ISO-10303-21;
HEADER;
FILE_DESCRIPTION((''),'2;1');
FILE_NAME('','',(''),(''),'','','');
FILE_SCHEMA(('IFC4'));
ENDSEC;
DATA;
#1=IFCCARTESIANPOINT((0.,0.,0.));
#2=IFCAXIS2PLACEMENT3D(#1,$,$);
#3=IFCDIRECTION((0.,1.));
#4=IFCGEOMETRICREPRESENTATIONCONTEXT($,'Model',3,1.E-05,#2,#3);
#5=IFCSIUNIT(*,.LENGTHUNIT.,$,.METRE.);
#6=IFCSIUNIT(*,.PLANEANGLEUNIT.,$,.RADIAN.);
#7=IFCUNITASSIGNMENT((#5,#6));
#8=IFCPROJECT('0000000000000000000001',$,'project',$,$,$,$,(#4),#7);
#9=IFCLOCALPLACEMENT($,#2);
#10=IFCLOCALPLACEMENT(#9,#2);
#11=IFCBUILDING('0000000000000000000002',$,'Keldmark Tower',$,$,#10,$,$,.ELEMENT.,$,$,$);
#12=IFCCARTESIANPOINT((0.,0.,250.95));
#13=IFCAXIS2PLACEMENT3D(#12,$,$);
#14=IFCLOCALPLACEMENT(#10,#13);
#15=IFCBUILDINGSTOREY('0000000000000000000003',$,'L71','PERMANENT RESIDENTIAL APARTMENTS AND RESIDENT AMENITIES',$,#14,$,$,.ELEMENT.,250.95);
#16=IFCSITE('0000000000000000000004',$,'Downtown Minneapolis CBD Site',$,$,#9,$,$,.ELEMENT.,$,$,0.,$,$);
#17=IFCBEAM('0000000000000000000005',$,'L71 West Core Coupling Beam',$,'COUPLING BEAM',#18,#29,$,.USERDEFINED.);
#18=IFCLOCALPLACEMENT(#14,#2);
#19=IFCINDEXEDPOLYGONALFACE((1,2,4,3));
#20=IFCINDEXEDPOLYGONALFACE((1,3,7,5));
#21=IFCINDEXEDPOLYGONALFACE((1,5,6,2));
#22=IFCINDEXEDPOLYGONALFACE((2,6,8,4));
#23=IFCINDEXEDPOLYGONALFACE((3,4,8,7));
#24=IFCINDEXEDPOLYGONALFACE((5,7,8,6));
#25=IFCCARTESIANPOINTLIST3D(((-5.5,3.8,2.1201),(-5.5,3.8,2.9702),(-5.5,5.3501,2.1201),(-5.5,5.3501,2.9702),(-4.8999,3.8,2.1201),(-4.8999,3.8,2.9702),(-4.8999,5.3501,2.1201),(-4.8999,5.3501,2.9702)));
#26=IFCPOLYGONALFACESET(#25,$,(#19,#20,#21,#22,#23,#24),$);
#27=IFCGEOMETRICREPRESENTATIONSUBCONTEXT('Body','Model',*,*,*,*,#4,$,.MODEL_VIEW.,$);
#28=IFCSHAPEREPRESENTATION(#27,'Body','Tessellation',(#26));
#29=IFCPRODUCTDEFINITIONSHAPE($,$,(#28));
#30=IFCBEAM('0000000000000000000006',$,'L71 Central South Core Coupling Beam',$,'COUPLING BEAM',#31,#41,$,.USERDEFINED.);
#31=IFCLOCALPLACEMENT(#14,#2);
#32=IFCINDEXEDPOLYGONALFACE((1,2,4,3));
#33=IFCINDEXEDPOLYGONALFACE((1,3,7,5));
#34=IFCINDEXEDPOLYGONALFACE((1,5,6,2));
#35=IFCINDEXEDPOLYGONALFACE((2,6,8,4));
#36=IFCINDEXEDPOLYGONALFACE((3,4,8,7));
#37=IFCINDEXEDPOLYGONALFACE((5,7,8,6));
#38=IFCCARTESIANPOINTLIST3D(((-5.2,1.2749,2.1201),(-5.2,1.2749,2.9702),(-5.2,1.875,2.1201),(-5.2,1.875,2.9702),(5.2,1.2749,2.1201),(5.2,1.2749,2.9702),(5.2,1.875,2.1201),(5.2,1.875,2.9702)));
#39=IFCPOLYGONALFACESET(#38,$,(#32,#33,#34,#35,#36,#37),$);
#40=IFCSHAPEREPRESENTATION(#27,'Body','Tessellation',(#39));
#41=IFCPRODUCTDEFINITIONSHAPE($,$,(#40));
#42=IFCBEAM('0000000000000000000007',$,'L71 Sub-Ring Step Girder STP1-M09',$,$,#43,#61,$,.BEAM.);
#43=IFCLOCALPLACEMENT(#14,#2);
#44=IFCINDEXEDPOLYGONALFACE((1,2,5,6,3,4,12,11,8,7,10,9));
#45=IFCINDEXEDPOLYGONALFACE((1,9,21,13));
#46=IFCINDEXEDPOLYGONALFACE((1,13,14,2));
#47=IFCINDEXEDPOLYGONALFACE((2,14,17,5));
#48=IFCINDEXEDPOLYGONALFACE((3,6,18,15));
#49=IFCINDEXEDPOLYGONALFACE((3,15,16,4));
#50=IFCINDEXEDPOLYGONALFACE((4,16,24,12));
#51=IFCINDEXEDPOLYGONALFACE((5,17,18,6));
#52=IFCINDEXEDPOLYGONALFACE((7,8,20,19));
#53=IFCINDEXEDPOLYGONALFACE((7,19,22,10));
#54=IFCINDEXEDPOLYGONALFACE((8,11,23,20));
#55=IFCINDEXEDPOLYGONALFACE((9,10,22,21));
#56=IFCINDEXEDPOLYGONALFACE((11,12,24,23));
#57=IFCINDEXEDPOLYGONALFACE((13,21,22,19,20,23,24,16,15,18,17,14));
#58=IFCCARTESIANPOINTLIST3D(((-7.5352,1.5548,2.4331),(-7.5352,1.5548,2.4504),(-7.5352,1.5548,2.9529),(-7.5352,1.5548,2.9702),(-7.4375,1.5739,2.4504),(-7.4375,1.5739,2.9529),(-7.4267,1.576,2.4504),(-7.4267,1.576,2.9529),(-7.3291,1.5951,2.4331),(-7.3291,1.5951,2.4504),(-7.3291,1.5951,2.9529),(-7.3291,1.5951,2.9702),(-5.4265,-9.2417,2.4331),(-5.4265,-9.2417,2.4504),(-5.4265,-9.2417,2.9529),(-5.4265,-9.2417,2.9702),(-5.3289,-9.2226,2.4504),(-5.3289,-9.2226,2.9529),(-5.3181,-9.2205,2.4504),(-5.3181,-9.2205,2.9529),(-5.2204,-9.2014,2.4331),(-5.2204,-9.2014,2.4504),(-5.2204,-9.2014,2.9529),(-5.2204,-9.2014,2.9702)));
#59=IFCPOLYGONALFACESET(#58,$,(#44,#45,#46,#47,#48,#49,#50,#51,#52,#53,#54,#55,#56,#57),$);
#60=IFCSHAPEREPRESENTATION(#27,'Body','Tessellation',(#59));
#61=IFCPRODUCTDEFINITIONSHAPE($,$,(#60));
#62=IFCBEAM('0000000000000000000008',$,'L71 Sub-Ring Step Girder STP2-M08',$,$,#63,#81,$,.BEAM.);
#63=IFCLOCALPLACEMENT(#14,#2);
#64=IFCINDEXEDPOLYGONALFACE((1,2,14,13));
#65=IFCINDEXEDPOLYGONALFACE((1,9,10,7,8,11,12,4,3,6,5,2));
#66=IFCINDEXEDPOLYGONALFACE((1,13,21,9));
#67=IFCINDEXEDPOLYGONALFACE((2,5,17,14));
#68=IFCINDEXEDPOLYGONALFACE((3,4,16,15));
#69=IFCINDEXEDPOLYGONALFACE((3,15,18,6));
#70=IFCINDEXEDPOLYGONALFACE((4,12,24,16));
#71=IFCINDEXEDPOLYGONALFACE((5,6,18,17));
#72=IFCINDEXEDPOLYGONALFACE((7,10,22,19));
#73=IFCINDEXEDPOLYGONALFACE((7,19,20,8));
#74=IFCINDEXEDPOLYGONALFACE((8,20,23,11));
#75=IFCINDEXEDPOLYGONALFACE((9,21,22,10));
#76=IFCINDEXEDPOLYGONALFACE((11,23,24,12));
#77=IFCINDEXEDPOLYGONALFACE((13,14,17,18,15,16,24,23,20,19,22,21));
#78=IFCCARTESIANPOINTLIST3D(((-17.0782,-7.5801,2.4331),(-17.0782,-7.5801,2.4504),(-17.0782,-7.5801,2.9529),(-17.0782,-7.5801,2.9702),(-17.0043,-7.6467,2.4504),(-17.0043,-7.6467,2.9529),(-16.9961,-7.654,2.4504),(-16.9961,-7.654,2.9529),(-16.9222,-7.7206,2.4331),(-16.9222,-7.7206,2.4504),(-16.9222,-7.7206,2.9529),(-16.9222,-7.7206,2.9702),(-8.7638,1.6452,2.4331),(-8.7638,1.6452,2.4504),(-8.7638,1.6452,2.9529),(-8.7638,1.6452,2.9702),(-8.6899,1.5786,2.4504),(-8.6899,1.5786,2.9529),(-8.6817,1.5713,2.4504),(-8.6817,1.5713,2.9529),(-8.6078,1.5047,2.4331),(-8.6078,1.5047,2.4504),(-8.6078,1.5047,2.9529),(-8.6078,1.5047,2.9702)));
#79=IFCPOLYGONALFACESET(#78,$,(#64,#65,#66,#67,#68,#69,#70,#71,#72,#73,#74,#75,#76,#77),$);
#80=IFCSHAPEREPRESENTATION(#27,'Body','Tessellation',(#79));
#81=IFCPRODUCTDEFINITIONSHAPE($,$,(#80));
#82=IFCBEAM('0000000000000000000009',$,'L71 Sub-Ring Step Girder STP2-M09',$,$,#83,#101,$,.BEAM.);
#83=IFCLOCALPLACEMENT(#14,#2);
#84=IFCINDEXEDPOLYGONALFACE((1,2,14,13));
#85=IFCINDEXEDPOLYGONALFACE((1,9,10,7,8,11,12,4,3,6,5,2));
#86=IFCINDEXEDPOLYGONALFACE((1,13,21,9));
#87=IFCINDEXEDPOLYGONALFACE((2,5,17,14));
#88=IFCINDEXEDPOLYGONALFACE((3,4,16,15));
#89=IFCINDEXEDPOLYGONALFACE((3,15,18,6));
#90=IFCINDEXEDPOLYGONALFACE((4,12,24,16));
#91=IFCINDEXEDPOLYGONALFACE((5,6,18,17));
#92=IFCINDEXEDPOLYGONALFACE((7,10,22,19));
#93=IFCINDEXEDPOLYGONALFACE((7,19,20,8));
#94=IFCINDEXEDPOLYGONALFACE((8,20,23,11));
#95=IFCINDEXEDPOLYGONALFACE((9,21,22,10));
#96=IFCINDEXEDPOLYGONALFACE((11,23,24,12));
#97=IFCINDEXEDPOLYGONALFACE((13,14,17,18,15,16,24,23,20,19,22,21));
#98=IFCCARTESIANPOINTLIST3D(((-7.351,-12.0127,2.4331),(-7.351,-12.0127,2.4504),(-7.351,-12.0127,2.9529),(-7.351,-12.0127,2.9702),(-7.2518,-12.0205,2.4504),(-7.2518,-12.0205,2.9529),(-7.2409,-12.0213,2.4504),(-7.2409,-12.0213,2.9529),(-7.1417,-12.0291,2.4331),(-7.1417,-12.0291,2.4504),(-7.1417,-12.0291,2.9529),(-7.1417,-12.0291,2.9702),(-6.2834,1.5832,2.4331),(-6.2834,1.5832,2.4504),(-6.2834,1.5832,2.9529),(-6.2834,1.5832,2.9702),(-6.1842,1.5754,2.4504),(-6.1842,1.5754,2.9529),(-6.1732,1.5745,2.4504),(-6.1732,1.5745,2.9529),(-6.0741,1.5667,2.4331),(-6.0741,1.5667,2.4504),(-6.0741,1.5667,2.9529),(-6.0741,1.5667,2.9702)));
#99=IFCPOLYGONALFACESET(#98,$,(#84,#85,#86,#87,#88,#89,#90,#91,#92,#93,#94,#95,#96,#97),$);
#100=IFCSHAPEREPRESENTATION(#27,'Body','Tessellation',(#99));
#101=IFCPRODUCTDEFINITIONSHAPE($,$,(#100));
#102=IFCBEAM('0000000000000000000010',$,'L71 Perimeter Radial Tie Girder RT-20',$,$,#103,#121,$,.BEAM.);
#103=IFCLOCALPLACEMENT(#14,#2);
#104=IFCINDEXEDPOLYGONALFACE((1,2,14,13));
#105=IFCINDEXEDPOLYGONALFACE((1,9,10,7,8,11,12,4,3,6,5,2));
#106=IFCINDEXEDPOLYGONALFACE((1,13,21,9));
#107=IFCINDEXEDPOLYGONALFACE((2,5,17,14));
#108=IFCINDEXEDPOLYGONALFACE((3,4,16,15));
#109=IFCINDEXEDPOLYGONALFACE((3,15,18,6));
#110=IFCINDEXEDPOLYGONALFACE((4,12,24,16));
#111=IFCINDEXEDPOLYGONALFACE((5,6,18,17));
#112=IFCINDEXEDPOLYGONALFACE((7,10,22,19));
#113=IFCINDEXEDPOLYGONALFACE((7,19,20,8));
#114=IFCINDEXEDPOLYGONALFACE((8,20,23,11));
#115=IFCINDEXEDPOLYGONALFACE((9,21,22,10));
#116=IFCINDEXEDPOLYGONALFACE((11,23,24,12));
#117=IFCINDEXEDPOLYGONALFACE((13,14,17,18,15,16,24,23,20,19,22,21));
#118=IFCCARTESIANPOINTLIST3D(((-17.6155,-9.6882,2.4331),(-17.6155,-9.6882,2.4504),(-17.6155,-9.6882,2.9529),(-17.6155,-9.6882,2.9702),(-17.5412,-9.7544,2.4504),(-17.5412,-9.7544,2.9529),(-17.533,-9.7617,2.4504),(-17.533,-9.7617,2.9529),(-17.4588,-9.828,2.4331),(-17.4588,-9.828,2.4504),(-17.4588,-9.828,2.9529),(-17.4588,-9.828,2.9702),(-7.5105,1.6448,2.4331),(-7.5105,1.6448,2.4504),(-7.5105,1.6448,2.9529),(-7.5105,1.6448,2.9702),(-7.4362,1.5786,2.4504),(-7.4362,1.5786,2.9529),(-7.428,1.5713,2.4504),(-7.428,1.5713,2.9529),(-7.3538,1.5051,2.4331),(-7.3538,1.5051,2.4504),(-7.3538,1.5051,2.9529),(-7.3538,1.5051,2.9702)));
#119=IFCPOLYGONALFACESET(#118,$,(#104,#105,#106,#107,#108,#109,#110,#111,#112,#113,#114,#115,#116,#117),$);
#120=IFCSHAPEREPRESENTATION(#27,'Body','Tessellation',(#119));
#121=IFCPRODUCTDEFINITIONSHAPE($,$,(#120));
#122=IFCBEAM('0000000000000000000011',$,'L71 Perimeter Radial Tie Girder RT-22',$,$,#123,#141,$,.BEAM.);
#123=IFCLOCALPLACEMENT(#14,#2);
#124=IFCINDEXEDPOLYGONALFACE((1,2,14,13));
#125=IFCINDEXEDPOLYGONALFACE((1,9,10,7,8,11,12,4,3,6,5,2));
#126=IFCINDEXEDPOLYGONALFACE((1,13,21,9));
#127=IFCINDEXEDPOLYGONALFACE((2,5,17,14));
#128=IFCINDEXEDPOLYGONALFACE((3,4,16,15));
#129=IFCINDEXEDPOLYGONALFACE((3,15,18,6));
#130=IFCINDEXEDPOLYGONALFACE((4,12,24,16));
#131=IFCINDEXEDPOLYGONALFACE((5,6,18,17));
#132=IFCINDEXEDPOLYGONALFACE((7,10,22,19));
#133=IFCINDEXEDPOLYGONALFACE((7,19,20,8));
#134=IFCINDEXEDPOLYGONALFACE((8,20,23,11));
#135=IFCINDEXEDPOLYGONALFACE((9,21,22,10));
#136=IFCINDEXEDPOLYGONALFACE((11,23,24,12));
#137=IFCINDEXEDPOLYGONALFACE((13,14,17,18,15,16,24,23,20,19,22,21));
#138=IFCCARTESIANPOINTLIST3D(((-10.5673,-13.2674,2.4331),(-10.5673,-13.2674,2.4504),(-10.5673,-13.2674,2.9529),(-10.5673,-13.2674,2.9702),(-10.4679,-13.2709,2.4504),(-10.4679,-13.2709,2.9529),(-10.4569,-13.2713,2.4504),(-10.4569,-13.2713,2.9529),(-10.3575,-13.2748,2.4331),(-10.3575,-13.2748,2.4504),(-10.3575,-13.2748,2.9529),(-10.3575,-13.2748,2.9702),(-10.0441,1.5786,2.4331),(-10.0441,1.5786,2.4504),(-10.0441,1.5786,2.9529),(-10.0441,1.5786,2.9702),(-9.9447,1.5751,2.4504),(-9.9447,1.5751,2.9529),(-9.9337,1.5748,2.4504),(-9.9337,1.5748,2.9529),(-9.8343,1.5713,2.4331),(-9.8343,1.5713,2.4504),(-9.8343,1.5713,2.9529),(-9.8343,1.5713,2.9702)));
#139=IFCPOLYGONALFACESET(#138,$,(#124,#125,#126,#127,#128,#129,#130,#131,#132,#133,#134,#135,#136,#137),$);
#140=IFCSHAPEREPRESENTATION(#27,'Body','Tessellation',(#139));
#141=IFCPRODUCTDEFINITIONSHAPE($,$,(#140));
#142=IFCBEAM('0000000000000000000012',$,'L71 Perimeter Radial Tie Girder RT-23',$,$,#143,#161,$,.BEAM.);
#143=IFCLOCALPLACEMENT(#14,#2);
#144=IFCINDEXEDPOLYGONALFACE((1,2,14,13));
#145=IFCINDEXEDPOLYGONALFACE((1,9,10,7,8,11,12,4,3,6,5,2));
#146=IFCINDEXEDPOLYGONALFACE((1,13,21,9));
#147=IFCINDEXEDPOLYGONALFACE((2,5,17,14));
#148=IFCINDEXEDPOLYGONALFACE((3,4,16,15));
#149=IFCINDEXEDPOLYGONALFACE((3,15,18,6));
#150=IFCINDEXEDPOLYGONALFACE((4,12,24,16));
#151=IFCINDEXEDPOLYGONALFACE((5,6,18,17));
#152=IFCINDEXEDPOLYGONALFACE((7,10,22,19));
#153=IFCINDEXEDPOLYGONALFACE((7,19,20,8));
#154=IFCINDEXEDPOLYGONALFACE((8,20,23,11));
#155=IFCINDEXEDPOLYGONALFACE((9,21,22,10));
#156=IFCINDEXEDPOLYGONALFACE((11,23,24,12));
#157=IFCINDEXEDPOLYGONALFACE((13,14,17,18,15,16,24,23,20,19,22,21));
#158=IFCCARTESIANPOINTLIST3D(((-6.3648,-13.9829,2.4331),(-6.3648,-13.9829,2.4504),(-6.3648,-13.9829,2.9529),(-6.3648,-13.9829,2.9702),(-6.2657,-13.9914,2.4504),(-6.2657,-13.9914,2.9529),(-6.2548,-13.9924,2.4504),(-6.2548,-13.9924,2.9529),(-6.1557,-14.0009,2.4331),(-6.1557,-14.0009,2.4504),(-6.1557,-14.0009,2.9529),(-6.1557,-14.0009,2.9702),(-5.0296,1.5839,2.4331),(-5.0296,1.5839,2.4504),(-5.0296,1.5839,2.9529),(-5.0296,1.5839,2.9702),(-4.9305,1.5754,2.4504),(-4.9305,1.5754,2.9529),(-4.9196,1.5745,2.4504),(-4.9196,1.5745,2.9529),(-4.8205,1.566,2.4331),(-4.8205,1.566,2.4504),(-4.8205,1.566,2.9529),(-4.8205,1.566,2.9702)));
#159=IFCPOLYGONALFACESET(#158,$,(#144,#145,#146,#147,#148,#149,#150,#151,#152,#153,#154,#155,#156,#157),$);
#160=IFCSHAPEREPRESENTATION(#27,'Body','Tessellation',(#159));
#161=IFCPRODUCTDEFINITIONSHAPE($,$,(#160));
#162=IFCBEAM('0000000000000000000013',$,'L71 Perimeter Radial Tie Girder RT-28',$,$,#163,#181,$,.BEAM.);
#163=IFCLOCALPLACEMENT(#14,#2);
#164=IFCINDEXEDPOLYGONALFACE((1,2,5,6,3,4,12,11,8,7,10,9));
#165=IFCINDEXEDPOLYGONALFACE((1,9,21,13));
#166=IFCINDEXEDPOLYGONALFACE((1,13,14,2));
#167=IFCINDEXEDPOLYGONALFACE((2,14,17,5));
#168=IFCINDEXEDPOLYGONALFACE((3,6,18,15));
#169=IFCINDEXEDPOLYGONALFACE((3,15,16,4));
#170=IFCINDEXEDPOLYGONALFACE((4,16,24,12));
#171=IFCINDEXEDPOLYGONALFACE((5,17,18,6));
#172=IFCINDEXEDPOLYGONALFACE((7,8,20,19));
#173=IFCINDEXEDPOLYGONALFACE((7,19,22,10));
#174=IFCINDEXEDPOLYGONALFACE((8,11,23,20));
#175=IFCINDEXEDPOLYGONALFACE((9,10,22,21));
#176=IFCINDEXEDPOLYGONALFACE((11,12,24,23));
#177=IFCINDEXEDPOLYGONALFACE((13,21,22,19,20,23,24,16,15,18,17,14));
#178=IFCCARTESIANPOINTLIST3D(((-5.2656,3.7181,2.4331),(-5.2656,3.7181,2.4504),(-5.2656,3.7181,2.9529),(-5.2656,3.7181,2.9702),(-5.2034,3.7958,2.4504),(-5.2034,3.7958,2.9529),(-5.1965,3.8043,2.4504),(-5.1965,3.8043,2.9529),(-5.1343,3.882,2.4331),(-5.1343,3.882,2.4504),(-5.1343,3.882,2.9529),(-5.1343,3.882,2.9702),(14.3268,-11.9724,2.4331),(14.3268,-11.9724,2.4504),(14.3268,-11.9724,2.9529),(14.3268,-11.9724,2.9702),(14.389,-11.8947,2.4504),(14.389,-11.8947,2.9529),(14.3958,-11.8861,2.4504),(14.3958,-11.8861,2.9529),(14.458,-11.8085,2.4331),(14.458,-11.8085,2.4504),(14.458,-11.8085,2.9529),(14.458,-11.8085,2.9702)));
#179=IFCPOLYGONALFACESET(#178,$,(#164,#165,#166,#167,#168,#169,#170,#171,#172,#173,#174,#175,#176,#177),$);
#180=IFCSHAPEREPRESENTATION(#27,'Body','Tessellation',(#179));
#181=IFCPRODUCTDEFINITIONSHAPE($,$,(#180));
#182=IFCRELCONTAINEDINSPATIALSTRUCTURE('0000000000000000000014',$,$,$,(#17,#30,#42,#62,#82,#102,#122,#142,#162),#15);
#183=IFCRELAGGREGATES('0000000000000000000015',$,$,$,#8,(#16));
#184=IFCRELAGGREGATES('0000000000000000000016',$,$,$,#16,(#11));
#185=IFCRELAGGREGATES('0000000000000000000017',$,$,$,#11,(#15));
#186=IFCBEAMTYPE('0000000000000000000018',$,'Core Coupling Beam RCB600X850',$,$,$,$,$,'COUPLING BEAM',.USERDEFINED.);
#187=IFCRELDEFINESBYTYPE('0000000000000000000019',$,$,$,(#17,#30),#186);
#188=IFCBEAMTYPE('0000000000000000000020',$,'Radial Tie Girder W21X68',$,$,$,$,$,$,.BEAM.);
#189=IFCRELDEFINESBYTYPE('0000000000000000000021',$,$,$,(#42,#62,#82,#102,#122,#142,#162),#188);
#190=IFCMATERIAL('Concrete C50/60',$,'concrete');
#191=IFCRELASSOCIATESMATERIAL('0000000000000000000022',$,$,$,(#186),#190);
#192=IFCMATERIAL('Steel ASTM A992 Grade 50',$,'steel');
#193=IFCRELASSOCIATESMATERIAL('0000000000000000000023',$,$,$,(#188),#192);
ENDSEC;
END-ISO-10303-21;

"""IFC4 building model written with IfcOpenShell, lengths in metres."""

from ifc_helpers import new_model, si_unit, direction, frame, origin, origin_2d, place, context, subcontext, project, spatial, rectangle, i_section, extrude, material, material_profile, profile_set, type_object, element, save


model = new_model("IFC4")

# Units and contexts
model_context = context("Model", 3, precision=1e-05, world=origin(), true_north=direction((0.0, 1.0)))
body_context = subcontext(model_context, "Body", "Model", "MODEL_VIEW")
ifc_project = project(units=[si_unit("LENGTHUNIT", "METRE"), si_unit("PLANEANGLEUNIT", "RADIAN")], contexts=[model_context])

# Site, building, storey
site_placement = place(None, origin())
site = spatial("IfcSite", under=ifc_project, at=site_placement, Name="Downtown Minneapolis CBD Site", CompositionType="ELEMENT", RefElevation=0.0)
building_placement = place(site_placement, origin())
building = spatial("IfcBuilding", under=site, at=building_placement, Name="Keldmark Tower", CompositionType="ELEMENT")
storey_placement = place(building_placement, frame((0.0, 0.0, 250.95)))
storey = spatial("IfcBuildingStorey", under=building, at=storey_placement, Name="L71", Description="PERMANENT RESIDENTIAL APARTMENTS AND RESIDENT AMENITIES", CompositionType="ELEMENT", Elevation=250.95)

# Beams
ifc_material_1 = material(Name="Concrete C50/60", Category="concrete")
ifc_material_profile_1 = material_profile(ifc_material_1, rectangle(XDim=0.6001, YDim=0.8501, at=origin_2d()), Name="RCB600X850")
ifc_profile_set_1 = profile_set([ifc_material_profile_1], Name="Concrete C50/60")
beam_type_1 = type_object("IfcBeamType", Name="Core Coupling Beam RCB600X850", ElementType="COUPLING BEAM", PredefinedType="USERDEFINED", material=ifc_profile_set_1)
beam_1_placement = place(storey_placement, frame((-5.2, 3.8, 2.5452), z_axis=(0.0, 1.0, 0.0), x_axis=(-1.0, 0.0, 0.0)))
element("IfcBeam", 1, at=beam_1_placement, inside=storey, type_object=beam_type_1, Name="L71 West Core Coupling Beam", ObjectType="COUPLING BEAM", PredefinedType="USERDEFINED", context=body_context, shape_type="SweptSolid", body=[
    extrude(rectangle(XDim=0.6001, YDim=0.8501, at=origin_2d()), origin(), (0.0, 0.0, 1.0), 1.55),
])
beam_2_placement = place(storey_placement, frame((-5.2, 1.575, 2.5452), z_axis=(1.0, 0.0, 0.0), x_axis=(0.0, 1.0, 0.0)))
element("IfcBeam", 2, at=beam_2_placement, inside=storey, type_object=beam_type_1, Name="L71 Central South Core Coupling Beam", ObjectType="COUPLING BEAM", PredefinedType="USERDEFINED", context=body_context, shape_type="SweptSolid", body=[
    extrude(rectangle(XDim=0.6001, YDim=0.8501, at=origin_2d()), origin(), (0.0, 0.0, 1.0), 10.3999),
])
ifc_material_2 = material(Name="Steel ASTM A992 Grade 50", Category="steel")
ifc_material_profile_2 = material_profile(ifc_material_2, i_section(OverallWidth=0.21, OverallDepth=0.5371, WebThickness=0.011, FlangeThickness=0.0173, at=origin_2d()), Name="W21X68")
ifc_profile_set_2 = profile_set([ifc_material_profile_2], Name="Steel ASTM A992 Grade 50")
beam_type_2 = type_object("IfcBeamType", Name="Radial Tie Girder W21X68", PredefinedType="BEAM", material=ifc_profile_set_2)
beam_3_placement = place(storey_placement, frame((-7.4321, 1.575, 2.7017), z_axis=(0.191688, -0.981456, 0.0), x_axis=(0.981456, 0.191688, 0.0)))
element("IfcBeam", 3, at=beam_3_placement, inside=storey, type_object=beam_type_2, Name="L71 Sub-Ring Step Girder STP1-M09", PredefinedType="BEAM", context=body_context, shape_type="SweptSolid", body=[
    extrude(i_section(OverallWidth=0.21, OverallDepth=0.5371, WebThickness=0.011, FlangeThickness=0.0173, at=origin_2d()), origin(), (0.0, 0.0, 1.0), 11.0005),
])
beam_4_placement = place(storey_placement, frame((-8.6858, 1.575, 2.7017), z_axis=(-0.669483, -0.742828, 0.0), x_axis=(0.742828, -0.669483, 0.0)))
element("IfcBeam", 4, at=beam_4_placement, inside=storey, type_object=beam_type_2, Name="L71 Sub-Ring Step Girder STP2-M08", PredefinedType="BEAM", context=body_context, shape_type="SweptSolid", body=[
    extrude(i_section(OverallWidth=0.21, OverallDepth=0.5371, WebThickness=0.011, FlangeThickness=0.0173, at=origin_2d()), origin(), (0.0, 0.0, 1.0), 12.4192),
])
beam_5_placement = place(storey_placement, frame((-6.1787, 1.575, 2.7017), z_axis=(-0.078284, -0.996931, 0.0), x_axis=(0.996931, -0.078284, 0.0)))
element("IfcBeam", 5, at=beam_5_placement, inside=storey, type_object=beam_type_2, Name="L71 Sub-Ring Step Girder STP2-M09", PredefinedType="BEAM", context=body_context, shape_type="SweptSolid", body=[
    extrude(i_section(OverallWidth=0.21, OverallDepth=0.5371, WebThickness=0.011, FlangeThickness=0.0173, at=origin_2d()), origin(), (0.0, 0.0, 1.0), 13.6377),
])
beam_6_placement = place(storey_placement, frame((-7.4321, 1.575, 2.7017), z_axis=(-0.665511, -0.746388, 0.0), x_axis=(0.746388, -0.665511, 0.0)))
element("IfcBeam", 6, at=beam_6_placement, inside=storey, type_object=beam_type_2, Name="L71 Perimeter Radial Tie Girder RT-20", PredefinedType="BEAM", context=body_context, shape_type="SweptSolid", body=[
    extrude(i_section(OverallWidth=0.21, OverallDepth=0.5371, WebThickness=0.011, FlangeThickness=0.0173, at=origin_2d()), origin(), (0.0, 0.0, 1.0), 15.1838),
])
beam_7_placement = place(storey_placement, frame((-9.9392, 1.575, 2.7017), z_axis=(-0.03522, -0.99938, 0.0), x_axis=(0.99938, -0.03522, 0.0)))
element("IfcBeam", 7, at=beam_7_placement, inside=storey, type_object=beam_type_2, Name="L71 Perimeter Radial Tie Girder RT-22", PredefinedType="BEAM", context=body_context, shape_type="SweptSolid", body=[
    extrude(i_section(OverallWidth=0.21, OverallDepth=0.5371, WebThickness=0.011, FlangeThickness=0.0173, at=origin_2d()), origin(), (0.0, 0.0, 1.0), 14.8552),
])
beam_8_placement = place(storey_placement, frame((-4.925, 1.575, 2.7017), z_axis=(-0.085458, -0.996342, 0.0), x_axis=(0.996342, -0.085458, 0.0)))
element("IfcBeam", 8, at=beam_8_placement, inside=storey, type_object=beam_type_2, Name="L71 Perimeter Radial Tie Girder RT-23", PredefinedType="BEAM", context=body_context, shape_type="SweptSolid", body=[
    extrude(i_section(OverallWidth=0.21, OverallDepth=0.5371, WebThickness=0.011, FlangeThickness=0.0173, at=origin_2d()), origin(), (0.0, 0.0, 1.0), 15.624),
])
beam_9_placement = place(storey_placement, frame((-5.2, 3.8, 2.7017), z_axis=(0.780546, -0.625098, 0.0), x_axis=(0.625098, 0.780546, 0.0)))
element("IfcBeam", 9, at=beam_9_placement, inside=storey, type_object=beam_type_2, Name="L71 Perimeter Radial Tie Girder RT-28", PredefinedType="BEAM", context=body_context, shape_type="SweptSolid", body=[
    extrude(i_section(OverallWidth=0.21, OverallDepth=0.5371, WebThickness=0.011, FlangeThickness=0.0173, at=origin_2d()), origin(), (0.0, 0.0, 1.0), 25.1008),
])

save(model, "model.ifc")
